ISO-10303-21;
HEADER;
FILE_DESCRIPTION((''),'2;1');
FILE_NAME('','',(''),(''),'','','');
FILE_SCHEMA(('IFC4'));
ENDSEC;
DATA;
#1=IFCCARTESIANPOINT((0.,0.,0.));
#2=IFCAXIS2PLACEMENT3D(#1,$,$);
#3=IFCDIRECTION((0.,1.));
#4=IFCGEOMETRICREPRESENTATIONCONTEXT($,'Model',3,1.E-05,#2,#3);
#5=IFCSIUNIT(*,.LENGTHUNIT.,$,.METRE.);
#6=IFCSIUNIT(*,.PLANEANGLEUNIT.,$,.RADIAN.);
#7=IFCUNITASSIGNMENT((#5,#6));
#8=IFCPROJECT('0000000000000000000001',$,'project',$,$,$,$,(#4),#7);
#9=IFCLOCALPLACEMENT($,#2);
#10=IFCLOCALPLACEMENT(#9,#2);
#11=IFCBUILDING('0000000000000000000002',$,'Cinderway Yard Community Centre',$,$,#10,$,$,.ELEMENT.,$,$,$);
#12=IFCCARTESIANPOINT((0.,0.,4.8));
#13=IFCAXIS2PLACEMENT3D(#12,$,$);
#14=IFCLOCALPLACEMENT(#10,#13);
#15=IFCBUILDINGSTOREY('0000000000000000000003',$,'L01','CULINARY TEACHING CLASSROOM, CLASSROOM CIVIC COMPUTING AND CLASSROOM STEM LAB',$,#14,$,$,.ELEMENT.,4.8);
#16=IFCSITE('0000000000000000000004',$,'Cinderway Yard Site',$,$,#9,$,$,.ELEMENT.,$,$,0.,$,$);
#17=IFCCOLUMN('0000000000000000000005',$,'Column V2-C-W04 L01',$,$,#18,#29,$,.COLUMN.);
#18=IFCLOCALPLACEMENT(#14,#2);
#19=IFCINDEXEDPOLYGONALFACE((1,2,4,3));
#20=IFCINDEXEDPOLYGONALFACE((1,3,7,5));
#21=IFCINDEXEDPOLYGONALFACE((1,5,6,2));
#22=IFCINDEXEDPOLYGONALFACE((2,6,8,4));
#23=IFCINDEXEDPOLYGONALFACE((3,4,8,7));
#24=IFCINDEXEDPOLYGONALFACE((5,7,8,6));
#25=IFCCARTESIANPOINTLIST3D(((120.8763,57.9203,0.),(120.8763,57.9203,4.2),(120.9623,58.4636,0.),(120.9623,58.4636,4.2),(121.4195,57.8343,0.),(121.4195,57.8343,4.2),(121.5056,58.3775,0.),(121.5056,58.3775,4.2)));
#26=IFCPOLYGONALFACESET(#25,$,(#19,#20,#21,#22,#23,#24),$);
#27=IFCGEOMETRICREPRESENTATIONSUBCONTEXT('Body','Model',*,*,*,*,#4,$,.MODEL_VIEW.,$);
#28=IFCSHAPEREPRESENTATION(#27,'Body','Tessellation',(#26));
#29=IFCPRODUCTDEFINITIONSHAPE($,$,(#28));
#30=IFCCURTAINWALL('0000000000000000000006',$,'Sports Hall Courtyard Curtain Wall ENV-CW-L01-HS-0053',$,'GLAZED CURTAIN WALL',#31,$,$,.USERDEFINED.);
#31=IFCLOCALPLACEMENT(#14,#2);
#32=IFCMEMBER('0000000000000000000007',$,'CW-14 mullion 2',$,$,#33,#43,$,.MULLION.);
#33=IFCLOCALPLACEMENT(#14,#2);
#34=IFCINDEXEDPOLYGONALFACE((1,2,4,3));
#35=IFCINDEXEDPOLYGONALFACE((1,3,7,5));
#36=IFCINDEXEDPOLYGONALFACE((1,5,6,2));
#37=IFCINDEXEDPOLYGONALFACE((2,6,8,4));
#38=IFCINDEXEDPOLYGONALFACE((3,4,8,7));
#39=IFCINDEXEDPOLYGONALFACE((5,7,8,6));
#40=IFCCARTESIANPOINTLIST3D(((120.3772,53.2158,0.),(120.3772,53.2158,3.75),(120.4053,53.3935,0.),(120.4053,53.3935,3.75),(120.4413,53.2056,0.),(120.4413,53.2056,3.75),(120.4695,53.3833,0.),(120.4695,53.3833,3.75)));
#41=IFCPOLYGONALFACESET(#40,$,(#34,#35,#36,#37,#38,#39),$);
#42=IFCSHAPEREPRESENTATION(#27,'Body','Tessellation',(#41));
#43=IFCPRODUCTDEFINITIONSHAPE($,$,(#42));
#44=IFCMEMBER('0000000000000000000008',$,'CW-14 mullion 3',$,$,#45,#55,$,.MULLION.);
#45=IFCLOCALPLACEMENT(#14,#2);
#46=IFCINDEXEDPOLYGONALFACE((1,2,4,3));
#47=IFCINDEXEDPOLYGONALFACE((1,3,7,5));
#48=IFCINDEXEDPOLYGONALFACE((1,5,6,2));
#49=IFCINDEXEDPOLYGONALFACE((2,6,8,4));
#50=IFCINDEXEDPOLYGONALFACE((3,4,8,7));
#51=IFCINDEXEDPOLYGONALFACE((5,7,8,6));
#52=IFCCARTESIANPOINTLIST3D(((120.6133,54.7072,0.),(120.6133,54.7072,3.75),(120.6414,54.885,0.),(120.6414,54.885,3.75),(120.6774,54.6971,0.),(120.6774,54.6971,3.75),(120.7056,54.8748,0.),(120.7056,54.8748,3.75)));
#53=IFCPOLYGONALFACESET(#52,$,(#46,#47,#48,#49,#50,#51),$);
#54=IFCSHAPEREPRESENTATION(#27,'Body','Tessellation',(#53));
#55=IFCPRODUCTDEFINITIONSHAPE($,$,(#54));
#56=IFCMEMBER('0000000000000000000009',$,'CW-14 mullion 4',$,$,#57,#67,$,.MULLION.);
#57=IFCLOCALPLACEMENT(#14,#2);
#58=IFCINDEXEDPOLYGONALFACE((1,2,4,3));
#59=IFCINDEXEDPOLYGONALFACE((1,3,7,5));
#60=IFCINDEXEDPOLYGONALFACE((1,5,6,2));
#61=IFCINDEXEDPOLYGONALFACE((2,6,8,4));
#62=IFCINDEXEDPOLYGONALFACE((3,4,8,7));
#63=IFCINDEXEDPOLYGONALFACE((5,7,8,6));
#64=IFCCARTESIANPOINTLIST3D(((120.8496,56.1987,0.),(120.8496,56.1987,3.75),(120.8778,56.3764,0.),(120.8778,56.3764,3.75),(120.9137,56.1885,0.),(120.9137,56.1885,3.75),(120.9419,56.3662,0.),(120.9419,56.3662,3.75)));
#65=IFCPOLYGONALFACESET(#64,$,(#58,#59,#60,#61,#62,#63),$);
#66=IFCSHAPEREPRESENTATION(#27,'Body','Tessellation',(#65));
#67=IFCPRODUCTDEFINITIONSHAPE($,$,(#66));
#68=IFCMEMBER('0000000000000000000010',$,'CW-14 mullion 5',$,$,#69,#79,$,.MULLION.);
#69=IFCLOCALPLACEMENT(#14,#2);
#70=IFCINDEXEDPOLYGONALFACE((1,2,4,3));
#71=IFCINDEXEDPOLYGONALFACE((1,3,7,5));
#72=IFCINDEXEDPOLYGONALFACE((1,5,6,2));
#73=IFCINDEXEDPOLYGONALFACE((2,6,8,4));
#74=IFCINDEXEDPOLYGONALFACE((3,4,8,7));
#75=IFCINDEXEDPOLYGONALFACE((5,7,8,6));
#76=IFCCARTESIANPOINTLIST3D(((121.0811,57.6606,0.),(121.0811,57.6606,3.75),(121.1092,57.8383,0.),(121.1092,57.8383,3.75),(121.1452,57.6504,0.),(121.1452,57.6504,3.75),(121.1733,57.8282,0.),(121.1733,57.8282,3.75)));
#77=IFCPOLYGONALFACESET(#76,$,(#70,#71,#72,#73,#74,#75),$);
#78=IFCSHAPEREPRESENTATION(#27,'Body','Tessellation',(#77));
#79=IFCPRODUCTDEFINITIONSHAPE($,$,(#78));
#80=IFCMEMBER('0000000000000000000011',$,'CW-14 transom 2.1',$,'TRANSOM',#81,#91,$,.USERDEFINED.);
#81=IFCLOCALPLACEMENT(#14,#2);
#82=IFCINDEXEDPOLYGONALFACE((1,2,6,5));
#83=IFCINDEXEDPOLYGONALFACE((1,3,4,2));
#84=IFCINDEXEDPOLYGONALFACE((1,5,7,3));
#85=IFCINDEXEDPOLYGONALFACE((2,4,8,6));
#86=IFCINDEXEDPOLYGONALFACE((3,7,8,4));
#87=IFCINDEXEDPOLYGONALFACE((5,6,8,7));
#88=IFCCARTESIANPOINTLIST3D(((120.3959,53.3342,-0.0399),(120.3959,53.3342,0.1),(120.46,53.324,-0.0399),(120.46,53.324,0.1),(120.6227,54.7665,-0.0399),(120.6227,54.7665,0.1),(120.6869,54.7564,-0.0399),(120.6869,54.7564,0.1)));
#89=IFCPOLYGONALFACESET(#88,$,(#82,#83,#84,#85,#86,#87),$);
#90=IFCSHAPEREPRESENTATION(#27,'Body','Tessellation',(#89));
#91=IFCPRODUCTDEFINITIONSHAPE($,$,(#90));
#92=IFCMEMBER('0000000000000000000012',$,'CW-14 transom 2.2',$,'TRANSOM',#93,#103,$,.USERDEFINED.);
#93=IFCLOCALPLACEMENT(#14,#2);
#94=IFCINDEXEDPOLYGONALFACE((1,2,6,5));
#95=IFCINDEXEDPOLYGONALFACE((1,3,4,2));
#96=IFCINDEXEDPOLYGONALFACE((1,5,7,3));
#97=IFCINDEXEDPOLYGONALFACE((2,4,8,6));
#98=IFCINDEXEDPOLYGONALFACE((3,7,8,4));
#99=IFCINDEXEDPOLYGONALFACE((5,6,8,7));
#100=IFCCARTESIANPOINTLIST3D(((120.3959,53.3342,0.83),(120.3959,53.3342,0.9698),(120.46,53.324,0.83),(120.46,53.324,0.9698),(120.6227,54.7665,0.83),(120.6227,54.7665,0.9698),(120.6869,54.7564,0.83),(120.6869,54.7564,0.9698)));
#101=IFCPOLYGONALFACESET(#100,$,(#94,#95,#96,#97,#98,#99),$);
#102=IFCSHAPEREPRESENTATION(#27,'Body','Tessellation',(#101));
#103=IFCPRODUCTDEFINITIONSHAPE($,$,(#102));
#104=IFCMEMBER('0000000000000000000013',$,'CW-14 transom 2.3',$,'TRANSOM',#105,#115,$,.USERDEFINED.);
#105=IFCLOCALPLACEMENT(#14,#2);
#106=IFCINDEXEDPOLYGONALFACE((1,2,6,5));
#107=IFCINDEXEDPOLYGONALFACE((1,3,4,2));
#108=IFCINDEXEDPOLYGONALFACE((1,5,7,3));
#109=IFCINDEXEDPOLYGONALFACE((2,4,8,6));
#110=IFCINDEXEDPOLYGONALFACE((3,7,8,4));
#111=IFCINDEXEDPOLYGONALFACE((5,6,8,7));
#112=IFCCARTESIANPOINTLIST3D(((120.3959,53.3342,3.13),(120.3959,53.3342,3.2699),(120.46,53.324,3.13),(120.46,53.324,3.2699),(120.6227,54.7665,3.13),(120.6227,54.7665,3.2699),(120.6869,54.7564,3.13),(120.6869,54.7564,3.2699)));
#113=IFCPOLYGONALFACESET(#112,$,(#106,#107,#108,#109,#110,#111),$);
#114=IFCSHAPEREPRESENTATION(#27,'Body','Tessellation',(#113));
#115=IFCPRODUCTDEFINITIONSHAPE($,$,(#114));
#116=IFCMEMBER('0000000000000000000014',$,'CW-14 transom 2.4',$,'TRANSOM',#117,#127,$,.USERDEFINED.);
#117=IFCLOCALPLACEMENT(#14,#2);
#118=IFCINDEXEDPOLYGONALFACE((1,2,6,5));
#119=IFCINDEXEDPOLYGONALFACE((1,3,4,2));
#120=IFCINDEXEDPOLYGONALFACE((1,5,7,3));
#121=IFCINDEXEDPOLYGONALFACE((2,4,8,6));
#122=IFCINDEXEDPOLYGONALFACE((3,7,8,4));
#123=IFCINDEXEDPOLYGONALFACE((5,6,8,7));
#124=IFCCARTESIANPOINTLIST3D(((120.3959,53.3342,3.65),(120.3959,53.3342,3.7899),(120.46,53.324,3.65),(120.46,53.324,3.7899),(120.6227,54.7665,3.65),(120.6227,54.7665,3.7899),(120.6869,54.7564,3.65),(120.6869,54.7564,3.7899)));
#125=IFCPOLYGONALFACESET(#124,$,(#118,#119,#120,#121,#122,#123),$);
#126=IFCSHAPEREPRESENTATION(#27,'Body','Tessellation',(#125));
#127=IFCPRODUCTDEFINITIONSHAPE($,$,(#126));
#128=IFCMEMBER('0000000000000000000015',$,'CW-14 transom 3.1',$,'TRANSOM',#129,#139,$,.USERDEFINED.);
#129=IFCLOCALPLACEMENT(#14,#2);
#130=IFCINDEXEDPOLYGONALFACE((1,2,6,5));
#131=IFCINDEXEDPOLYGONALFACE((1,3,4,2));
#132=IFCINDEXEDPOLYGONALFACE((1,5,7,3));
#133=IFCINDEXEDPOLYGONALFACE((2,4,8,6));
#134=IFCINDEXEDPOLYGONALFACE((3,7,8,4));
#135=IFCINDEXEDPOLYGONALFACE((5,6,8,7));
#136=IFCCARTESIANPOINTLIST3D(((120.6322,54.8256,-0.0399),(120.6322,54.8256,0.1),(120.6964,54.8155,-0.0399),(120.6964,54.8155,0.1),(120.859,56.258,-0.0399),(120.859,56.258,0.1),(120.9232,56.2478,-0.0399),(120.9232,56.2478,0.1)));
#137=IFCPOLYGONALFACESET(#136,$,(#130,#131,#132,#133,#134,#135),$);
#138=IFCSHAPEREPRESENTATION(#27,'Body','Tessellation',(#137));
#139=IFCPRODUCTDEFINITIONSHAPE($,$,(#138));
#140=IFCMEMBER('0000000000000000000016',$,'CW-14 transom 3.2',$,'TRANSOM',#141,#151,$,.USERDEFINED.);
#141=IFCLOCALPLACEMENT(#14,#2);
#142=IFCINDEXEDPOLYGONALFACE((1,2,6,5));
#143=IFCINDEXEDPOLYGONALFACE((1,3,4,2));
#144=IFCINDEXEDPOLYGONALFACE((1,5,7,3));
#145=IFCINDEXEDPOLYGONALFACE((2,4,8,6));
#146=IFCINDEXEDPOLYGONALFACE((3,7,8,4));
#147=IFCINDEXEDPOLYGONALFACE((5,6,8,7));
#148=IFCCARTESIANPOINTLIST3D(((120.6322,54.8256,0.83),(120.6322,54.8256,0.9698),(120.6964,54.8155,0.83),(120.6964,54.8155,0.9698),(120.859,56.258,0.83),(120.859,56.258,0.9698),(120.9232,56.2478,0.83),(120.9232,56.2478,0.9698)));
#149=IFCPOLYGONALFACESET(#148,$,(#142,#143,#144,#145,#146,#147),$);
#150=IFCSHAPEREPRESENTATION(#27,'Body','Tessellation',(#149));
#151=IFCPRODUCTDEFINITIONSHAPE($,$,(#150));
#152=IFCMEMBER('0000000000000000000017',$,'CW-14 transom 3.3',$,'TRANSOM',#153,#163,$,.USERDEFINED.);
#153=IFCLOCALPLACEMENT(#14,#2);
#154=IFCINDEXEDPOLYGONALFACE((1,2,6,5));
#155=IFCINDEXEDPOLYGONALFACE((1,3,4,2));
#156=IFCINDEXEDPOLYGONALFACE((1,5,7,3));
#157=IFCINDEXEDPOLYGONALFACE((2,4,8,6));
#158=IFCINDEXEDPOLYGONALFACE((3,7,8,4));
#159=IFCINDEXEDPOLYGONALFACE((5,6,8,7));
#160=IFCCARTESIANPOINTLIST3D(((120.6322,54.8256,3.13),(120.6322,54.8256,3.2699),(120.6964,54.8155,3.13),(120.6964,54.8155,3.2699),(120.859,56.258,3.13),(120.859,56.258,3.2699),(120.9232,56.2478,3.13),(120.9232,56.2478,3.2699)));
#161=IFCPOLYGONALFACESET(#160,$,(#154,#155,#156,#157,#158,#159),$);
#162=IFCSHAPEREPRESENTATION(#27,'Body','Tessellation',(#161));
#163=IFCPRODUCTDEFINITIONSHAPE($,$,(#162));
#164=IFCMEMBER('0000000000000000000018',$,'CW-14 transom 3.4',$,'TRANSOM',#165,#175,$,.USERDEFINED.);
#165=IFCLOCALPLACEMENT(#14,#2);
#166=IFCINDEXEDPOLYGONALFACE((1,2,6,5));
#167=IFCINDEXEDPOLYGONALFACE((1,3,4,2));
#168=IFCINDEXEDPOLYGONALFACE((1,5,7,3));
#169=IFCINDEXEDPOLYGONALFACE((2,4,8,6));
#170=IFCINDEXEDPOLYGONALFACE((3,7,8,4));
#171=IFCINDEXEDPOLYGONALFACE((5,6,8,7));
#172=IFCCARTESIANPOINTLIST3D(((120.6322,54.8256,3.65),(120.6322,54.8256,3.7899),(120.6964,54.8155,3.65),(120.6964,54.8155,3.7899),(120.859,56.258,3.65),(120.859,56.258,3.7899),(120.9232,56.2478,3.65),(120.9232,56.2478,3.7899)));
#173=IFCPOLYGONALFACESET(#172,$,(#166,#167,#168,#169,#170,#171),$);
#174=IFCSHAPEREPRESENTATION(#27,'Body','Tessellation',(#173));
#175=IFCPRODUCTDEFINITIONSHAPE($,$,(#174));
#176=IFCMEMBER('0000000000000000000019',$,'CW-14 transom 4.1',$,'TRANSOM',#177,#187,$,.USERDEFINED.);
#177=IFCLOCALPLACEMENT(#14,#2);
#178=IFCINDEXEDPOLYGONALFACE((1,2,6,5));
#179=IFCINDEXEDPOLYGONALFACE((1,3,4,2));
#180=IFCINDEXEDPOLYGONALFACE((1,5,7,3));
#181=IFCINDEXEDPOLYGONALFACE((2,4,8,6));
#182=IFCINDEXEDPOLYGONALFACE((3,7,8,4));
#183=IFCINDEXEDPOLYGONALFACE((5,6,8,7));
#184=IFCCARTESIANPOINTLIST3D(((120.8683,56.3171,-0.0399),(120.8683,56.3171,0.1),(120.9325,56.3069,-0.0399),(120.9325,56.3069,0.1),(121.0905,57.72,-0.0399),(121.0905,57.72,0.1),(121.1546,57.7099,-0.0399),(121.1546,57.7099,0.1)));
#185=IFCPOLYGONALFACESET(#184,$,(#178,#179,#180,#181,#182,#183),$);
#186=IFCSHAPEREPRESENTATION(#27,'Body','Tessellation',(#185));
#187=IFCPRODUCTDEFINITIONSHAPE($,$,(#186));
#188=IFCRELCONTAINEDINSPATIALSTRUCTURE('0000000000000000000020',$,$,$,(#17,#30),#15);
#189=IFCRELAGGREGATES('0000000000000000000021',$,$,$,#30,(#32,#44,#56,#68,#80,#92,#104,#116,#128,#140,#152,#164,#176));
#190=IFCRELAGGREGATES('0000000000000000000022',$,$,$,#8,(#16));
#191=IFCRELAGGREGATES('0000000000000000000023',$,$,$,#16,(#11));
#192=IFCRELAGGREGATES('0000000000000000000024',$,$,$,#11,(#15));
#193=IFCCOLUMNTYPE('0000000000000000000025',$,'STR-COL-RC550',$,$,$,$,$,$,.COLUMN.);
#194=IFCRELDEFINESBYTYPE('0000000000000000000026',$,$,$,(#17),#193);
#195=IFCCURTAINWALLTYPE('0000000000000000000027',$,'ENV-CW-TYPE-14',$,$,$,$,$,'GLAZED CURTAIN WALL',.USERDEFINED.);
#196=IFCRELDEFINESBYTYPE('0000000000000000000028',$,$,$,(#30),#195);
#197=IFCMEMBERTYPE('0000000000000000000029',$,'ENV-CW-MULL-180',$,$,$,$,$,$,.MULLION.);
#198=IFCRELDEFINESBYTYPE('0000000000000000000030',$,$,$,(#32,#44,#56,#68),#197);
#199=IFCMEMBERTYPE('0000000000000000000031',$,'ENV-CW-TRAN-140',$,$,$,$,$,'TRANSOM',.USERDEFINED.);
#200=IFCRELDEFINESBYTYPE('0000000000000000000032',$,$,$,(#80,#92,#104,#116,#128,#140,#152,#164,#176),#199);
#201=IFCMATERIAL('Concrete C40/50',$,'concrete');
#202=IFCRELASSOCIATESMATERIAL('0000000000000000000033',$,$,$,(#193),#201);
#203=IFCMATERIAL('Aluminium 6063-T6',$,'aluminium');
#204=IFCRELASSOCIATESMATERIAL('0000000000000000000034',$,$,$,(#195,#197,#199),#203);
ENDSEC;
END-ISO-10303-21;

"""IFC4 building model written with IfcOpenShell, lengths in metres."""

from ifc_helpers import new_model, si_unit, direction, frame, origin, origin_2d, place, context, subcontext, project, spatial, rectangle, extrude, material, material_profile, profile_set, type_object, element, aggregate, save


model = new_model("IFC4")

# Units and contexts
model_context = context("Model", 3, precision=1e-05, world=origin(), true_north=direction((0.0, 1.0)))
body_context = subcontext(model_context, "Body", "Model", "MODEL_VIEW")
ifc_project = project(units=[si_unit("LENGTHUNIT", "METRE"), si_unit("PLANEANGLEUNIT", "RADIAN")], contexts=[model_context])

# Site, building, storey
site_placement = place(None, origin())
site = spatial("IfcSite", under=ifc_project, at=site_placement, Name="Cinderway Yard Site", CompositionType="ELEMENT", RefElevation=0.0)
building_placement = place(site_placement, origin())
building = spatial("IfcBuilding", under=site, at=building_placement, Name="Cinderway Yard Community Centre", CompositionType="ELEMENT")
storey_placement = place(building_placement, frame((0.0, 0.0, 4.8)))
storey = spatial("IfcBuildingStorey", under=building, at=storey_placement, Name="L01", Description="CULINARY TEACHING CLASSROOM, CLASSROOM CIVIC COMPUTING AND CLASSROOM STEM LAB", CompositionType="ELEMENT", Elevation=4.8)

# Column
ifc_material_1 = material(Name="Concrete C40/50", Category="concrete")
ifc_material_profile_1 = material_profile(ifc_material_1, rectangle(XDim=0.55, YDim=0.55, at=origin_2d()), Name="Concrete C40/50")
ifc_profile_set_1 = profile_set([ifc_material_profile_1], Name="Concrete C40/50")
column_type = type_object("IfcColumnType", Name="STR-COL-RC550", PredefinedType="COLUMN", material=ifc_profile_set_1)
column_placement = place(storey_placement, frame((121.1909, 58.1489, 0.0), z_axis=(0.0, 0.0, 1.0), x_axis=(0.987688, -0.156434, 0.0)))
element("IfcColumn", 1, at=column_placement, inside=storey, type_object=column_type, Name="Column V2-C-W04 L01", PredefinedType="COLUMN", context=body_context, shape_type="SweptSolid", body=[
    extrude(rectangle(XDim=0.55, YDim=0.55, at=origin_2d()), origin(), (0.0, 0.0, 1.0), 4.2),
])

# Curtain wall, members
ifc_material_2 = material(Name="Aluminium 6063-T6", Category="aluminium")
curtain_wall_type = type_object("IfcCurtainWallType", Name="ENV-CW-TYPE-14", ElementType="GLAZED CURTAIN WALL", PredefinedType="USERDEFINED", material=ifc_material_2)
curtain_wall_placement = place(storey_placement, origin())
curtain_wall = element("IfcCurtainWall", 2, at=curtain_wall_placement, inside=storey, type_object=curtain_wall_type, Name="Sports Hall Courtyard Curtain Wall ENV-CW-L01-HS-0053", ObjectType="GLAZED CURTAIN WALL", PredefinedType="USERDEFINED")
ifc_material_profile_2 = material_profile(ifc_material_2, rectangle(XDim=0.0649, YDim=0.1799, at=origin_2d()), Name="Aluminium 6063-T6")
ifc_profile_set_2 = profile_set([ifc_material_profile_2], Name="Aluminium 6063-T6")
member_type_1 = type_object("IfcMemberType", Name="ENV-CW-MULL-180", PredefinedType="MULLION", material=ifc_profile_set_2)
member_1_placement = place(storey_placement, frame((120.4233, 53.2996, 0.0), z_axis=(0.0, 0.0, 1.0), x_axis=(-0.987686, 0.156447, 0.0)))
member_1 = element("IfcMember", 3, at=member_1_placement, type_object=member_type_1, Name="CW-14 mullion 2", PredefinedType="MULLION", context=body_context, shape_type="SweptSolid", body=[
    extrude(rectangle(XDim=0.0649, YDim=0.1799, at=origin_2d()), origin(), (0.0, 0.0, 1.0), 3.75),
])
member_2_placement = place(storey_placement, frame((120.6594, 54.791, 0.0), z_axis=(0.0, 0.0, 1.0), x_axis=(-0.987686, 0.156447, 0.0)))
member_2 = element("IfcMember", 4, at=member_2_placement, type_object=member_type_1, Name="CW-14 mullion 3", PredefinedType="MULLION", context=body_context, shape_type="SweptSolid", body=[
    extrude(rectangle(XDim=0.0649, YDim=0.1799, at=origin_2d()), origin(), (0.0, 0.0, 1.0), 3.75),
])
member_3_placement = place(storey_placement, frame((120.8958, 56.2825, 0.0), z_axis=(0.0, 0.0, 1.0), x_axis=(-0.987686, 0.156447, 0.0)))
member_3 = element("IfcMember", 5, at=member_3_placement, type_object=member_type_1, Name="CW-14 mullion 4", PredefinedType="MULLION", context=body_context, shape_type="SweptSolid", body=[
    extrude(rectangle(XDim=0.0649, YDim=0.1799, at=origin_2d()), origin(), (0.0, 0.0, 1.0), 3.75),
])
member_4_placement = place(storey_placement, frame((121.1272, 57.7444, 0.0), z_axis=(0.0, 0.0, 1.0), x_axis=(-0.987686, 0.156447, 0.0)))
member_4 = element("IfcMember", 6, at=member_4_placement, type_object=member_type_1, Name="CW-14 mullion 5", PredefinedType="MULLION", context=body_context, shape_type="SweptSolid", body=[
    extrude(rectangle(XDim=0.0649, YDim=0.1799, at=origin_2d()), origin(), (0.0, 0.0, 1.0), 3.75),
])
ifc_material_profile_3 = material_profile(ifc_material_2, rectangle(XDim=0.0649, YDim=0.1399, at=origin_2d()), Name="Aluminium 6063-T6")
ifc_profile_set_3 = profile_set([ifc_material_profile_3], Name="Aluminium 6063-T6")
member_type_2 = type_object("IfcMemberType", Name="ENV-CW-TRAN-140", ElementType="TRANSOM", PredefinedType="USERDEFINED", material=ifc_profile_set_3)
member_5_placement = place(storey_placement, frame((120.428, 53.3291, 0.03), z_axis=(0.156395, 0.987695, 0.0), x_axis=(-0.987695, 0.156395, 0.0)))
member_5 = element("IfcMember", 7, at=member_5_placement, type_object=member_type_2, Name="CW-14 transom 2.1", ObjectType="TRANSOM", PredefinedType="USERDEFINED", context=body_context, shape_type="SweptSolid", body=[
    extrude(rectangle(XDim=0.0649, YDim=0.1399, at=origin_2d()), origin(), (0.0, 0.0, 1.0), 1.4502),
])
member_6_placement = place(storey_placement, frame((120.428, 53.3291, 0.8999), z_axis=(0.156395, 0.987695, 0.0), x_axis=(-0.987695, 0.156395, 0.0)))
member_6 = element("IfcMember", 8, at=member_6_placement, type_object=member_type_2, Name="CW-14 transom 2.2", ObjectType="TRANSOM", PredefinedType="USERDEFINED", context=body_context, shape_type="SweptSolid", body=[
    extrude(rectangle(XDim=0.0649, YDim=0.1399, at=origin_2d()), origin(), (0.0, 0.0, 1.0), 1.4502),
])
member_7_placement = place(storey_placement, frame((120.428, 53.3291, 3.2), z_axis=(0.156395, 0.987695, 0.0), x_axis=(-0.987695, 0.156395, 0.0)))
member_7 = element("IfcMember", 9, at=member_7_placement, type_object=member_type_2, Name="CW-14 transom 2.3", ObjectType="TRANSOM", PredefinedType="USERDEFINED", context=body_context, shape_type="SweptSolid", body=[
    extrude(rectangle(XDim=0.0649, YDim=0.1399, at=origin_2d()), origin(), (0.0, 0.0, 1.0), 1.4502),
])
member_8_placement = place(storey_placement, frame((120.428, 53.3291, 3.72), z_axis=(0.156395, 0.987695, 0.0), x_axis=(-0.987695, 0.156395, 0.0)))
member_8 = element("IfcMember", 10, at=member_8_placement, type_object=member_type_2, Name="CW-14 transom 2.4", ObjectType="TRANSOM", PredefinedType="USERDEFINED", context=body_context, shape_type="SweptSolid", body=[
    extrude(rectangle(XDim=0.0649, YDim=0.1399, at=origin_2d()), origin(), (0.0, 0.0, 1.0), 1.4502),
])
member_9_placement = place(storey_placement, frame((120.6643, 54.8206, 0.03), z_axis=(0.156395, 0.987695, 0.0), x_axis=(-0.987695, 0.156395, 0.0)))
member_9 = element("IfcMember", 11, at=member_9_placement, type_object=member_type_2, Name="CW-14 transom 3.1", ObjectType="TRANSOM", PredefinedType="USERDEFINED", context=body_context, shape_type="SweptSolid", body=[
    extrude(rectangle(XDim=0.0649, YDim=0.1399, at=origin_2d()), origin(), (0.0, 0.0, 1.0), 1.4502),
])
member_10_placement = place(storey_placement, frame((120.6643, 54.8206, 0.8999), z_axis=(0.156395, 0.987695, 0.0), x_axis=(-0.987695, 0.156395, 0.0)))
member_10 = element("IfcMember", 12, at=member_10_placement, type_object=member_type_2, Name="CW-14 transom 3.2", ObjectType="TRANSOM", PredefinedType="USERDEFINED", context=body_context, shape_type="SweptSolid", body=[
    extrude(rectangle(XDim=0.0649, YDim=0.1399, at=origin_2d()), origin(), (0.0, 0.0, 1.0), 1.4502),
])
member_11_placement = place(storey_placement, frame((120.6643, 54.8206, 3.2), z_axis=(0.156395, 0.987695, 0.0), x_axis=(-0.987695, 0.156395, 0.0)))
member_11 = element("IfcMember", 13, at=member_11_placement, type_object=member_type_2, Name="CW-14 transom 3.3", ObjectType="TRANSOM", PredefinedType="USERDEFINED", context=body_context, shape_type="SweptSolid", body=[
    extrude(rectangle(XDim=0.0649, YDim=0.1399, at=origin_2d()), origin(), (0.0, 0.0, 1.0), 1.4502),
])
member_12_placement = place(storey_placement, frame((120.6643, 54.8206, 3.72), z_axis=(0.156395, 0.987695, 0.0), x_axis=(-0.987695, 0.156395, 0.0)))
member_12 = element("IfcMember", 14, at=member_12_placement, type_object=member_type_2, Name="CW-14 transom 3.4", ObjectType="TRANSOM", PredefinedType="USERDEFINED", context=body_context, shape_type="SweptSolid", body=[
    extrude(rectangle(XDim=0.0649, YDim=0.1399, at=origin_2d()), origin(), (0.0, 0.0, 1.0), 1.4502),
])
member_13_placement = place(storey_placement, frame((120.9004, 56.312, 0.03), z_axis=(0.156422, 0.98769, 0.0), x_axis=(-0.98769, 0.156422, 0.0)))
member_13 = element("IfcMember", 15, at=member_13_placement, type_object=member_type_2, Name="CW-14 transom 4.1", ObjectType="TRANSOM", PredefinedType="USERDEFINED", context=body_context, shape_type="SweptSolid", body=[
    extrude(rectangle(XDim=0.0649, YDim=0.1399, at=origin_2d()), origin(), (0.0, 0.0, 1.0), 1.4204),
])

aggregate(curtain_wall, [member_1, member_2, member_3, member_4, member_5, member_6, member_7, member_8, member_9, member_10, member_11, member_12, member_13])

save(model, "model.ifc")
